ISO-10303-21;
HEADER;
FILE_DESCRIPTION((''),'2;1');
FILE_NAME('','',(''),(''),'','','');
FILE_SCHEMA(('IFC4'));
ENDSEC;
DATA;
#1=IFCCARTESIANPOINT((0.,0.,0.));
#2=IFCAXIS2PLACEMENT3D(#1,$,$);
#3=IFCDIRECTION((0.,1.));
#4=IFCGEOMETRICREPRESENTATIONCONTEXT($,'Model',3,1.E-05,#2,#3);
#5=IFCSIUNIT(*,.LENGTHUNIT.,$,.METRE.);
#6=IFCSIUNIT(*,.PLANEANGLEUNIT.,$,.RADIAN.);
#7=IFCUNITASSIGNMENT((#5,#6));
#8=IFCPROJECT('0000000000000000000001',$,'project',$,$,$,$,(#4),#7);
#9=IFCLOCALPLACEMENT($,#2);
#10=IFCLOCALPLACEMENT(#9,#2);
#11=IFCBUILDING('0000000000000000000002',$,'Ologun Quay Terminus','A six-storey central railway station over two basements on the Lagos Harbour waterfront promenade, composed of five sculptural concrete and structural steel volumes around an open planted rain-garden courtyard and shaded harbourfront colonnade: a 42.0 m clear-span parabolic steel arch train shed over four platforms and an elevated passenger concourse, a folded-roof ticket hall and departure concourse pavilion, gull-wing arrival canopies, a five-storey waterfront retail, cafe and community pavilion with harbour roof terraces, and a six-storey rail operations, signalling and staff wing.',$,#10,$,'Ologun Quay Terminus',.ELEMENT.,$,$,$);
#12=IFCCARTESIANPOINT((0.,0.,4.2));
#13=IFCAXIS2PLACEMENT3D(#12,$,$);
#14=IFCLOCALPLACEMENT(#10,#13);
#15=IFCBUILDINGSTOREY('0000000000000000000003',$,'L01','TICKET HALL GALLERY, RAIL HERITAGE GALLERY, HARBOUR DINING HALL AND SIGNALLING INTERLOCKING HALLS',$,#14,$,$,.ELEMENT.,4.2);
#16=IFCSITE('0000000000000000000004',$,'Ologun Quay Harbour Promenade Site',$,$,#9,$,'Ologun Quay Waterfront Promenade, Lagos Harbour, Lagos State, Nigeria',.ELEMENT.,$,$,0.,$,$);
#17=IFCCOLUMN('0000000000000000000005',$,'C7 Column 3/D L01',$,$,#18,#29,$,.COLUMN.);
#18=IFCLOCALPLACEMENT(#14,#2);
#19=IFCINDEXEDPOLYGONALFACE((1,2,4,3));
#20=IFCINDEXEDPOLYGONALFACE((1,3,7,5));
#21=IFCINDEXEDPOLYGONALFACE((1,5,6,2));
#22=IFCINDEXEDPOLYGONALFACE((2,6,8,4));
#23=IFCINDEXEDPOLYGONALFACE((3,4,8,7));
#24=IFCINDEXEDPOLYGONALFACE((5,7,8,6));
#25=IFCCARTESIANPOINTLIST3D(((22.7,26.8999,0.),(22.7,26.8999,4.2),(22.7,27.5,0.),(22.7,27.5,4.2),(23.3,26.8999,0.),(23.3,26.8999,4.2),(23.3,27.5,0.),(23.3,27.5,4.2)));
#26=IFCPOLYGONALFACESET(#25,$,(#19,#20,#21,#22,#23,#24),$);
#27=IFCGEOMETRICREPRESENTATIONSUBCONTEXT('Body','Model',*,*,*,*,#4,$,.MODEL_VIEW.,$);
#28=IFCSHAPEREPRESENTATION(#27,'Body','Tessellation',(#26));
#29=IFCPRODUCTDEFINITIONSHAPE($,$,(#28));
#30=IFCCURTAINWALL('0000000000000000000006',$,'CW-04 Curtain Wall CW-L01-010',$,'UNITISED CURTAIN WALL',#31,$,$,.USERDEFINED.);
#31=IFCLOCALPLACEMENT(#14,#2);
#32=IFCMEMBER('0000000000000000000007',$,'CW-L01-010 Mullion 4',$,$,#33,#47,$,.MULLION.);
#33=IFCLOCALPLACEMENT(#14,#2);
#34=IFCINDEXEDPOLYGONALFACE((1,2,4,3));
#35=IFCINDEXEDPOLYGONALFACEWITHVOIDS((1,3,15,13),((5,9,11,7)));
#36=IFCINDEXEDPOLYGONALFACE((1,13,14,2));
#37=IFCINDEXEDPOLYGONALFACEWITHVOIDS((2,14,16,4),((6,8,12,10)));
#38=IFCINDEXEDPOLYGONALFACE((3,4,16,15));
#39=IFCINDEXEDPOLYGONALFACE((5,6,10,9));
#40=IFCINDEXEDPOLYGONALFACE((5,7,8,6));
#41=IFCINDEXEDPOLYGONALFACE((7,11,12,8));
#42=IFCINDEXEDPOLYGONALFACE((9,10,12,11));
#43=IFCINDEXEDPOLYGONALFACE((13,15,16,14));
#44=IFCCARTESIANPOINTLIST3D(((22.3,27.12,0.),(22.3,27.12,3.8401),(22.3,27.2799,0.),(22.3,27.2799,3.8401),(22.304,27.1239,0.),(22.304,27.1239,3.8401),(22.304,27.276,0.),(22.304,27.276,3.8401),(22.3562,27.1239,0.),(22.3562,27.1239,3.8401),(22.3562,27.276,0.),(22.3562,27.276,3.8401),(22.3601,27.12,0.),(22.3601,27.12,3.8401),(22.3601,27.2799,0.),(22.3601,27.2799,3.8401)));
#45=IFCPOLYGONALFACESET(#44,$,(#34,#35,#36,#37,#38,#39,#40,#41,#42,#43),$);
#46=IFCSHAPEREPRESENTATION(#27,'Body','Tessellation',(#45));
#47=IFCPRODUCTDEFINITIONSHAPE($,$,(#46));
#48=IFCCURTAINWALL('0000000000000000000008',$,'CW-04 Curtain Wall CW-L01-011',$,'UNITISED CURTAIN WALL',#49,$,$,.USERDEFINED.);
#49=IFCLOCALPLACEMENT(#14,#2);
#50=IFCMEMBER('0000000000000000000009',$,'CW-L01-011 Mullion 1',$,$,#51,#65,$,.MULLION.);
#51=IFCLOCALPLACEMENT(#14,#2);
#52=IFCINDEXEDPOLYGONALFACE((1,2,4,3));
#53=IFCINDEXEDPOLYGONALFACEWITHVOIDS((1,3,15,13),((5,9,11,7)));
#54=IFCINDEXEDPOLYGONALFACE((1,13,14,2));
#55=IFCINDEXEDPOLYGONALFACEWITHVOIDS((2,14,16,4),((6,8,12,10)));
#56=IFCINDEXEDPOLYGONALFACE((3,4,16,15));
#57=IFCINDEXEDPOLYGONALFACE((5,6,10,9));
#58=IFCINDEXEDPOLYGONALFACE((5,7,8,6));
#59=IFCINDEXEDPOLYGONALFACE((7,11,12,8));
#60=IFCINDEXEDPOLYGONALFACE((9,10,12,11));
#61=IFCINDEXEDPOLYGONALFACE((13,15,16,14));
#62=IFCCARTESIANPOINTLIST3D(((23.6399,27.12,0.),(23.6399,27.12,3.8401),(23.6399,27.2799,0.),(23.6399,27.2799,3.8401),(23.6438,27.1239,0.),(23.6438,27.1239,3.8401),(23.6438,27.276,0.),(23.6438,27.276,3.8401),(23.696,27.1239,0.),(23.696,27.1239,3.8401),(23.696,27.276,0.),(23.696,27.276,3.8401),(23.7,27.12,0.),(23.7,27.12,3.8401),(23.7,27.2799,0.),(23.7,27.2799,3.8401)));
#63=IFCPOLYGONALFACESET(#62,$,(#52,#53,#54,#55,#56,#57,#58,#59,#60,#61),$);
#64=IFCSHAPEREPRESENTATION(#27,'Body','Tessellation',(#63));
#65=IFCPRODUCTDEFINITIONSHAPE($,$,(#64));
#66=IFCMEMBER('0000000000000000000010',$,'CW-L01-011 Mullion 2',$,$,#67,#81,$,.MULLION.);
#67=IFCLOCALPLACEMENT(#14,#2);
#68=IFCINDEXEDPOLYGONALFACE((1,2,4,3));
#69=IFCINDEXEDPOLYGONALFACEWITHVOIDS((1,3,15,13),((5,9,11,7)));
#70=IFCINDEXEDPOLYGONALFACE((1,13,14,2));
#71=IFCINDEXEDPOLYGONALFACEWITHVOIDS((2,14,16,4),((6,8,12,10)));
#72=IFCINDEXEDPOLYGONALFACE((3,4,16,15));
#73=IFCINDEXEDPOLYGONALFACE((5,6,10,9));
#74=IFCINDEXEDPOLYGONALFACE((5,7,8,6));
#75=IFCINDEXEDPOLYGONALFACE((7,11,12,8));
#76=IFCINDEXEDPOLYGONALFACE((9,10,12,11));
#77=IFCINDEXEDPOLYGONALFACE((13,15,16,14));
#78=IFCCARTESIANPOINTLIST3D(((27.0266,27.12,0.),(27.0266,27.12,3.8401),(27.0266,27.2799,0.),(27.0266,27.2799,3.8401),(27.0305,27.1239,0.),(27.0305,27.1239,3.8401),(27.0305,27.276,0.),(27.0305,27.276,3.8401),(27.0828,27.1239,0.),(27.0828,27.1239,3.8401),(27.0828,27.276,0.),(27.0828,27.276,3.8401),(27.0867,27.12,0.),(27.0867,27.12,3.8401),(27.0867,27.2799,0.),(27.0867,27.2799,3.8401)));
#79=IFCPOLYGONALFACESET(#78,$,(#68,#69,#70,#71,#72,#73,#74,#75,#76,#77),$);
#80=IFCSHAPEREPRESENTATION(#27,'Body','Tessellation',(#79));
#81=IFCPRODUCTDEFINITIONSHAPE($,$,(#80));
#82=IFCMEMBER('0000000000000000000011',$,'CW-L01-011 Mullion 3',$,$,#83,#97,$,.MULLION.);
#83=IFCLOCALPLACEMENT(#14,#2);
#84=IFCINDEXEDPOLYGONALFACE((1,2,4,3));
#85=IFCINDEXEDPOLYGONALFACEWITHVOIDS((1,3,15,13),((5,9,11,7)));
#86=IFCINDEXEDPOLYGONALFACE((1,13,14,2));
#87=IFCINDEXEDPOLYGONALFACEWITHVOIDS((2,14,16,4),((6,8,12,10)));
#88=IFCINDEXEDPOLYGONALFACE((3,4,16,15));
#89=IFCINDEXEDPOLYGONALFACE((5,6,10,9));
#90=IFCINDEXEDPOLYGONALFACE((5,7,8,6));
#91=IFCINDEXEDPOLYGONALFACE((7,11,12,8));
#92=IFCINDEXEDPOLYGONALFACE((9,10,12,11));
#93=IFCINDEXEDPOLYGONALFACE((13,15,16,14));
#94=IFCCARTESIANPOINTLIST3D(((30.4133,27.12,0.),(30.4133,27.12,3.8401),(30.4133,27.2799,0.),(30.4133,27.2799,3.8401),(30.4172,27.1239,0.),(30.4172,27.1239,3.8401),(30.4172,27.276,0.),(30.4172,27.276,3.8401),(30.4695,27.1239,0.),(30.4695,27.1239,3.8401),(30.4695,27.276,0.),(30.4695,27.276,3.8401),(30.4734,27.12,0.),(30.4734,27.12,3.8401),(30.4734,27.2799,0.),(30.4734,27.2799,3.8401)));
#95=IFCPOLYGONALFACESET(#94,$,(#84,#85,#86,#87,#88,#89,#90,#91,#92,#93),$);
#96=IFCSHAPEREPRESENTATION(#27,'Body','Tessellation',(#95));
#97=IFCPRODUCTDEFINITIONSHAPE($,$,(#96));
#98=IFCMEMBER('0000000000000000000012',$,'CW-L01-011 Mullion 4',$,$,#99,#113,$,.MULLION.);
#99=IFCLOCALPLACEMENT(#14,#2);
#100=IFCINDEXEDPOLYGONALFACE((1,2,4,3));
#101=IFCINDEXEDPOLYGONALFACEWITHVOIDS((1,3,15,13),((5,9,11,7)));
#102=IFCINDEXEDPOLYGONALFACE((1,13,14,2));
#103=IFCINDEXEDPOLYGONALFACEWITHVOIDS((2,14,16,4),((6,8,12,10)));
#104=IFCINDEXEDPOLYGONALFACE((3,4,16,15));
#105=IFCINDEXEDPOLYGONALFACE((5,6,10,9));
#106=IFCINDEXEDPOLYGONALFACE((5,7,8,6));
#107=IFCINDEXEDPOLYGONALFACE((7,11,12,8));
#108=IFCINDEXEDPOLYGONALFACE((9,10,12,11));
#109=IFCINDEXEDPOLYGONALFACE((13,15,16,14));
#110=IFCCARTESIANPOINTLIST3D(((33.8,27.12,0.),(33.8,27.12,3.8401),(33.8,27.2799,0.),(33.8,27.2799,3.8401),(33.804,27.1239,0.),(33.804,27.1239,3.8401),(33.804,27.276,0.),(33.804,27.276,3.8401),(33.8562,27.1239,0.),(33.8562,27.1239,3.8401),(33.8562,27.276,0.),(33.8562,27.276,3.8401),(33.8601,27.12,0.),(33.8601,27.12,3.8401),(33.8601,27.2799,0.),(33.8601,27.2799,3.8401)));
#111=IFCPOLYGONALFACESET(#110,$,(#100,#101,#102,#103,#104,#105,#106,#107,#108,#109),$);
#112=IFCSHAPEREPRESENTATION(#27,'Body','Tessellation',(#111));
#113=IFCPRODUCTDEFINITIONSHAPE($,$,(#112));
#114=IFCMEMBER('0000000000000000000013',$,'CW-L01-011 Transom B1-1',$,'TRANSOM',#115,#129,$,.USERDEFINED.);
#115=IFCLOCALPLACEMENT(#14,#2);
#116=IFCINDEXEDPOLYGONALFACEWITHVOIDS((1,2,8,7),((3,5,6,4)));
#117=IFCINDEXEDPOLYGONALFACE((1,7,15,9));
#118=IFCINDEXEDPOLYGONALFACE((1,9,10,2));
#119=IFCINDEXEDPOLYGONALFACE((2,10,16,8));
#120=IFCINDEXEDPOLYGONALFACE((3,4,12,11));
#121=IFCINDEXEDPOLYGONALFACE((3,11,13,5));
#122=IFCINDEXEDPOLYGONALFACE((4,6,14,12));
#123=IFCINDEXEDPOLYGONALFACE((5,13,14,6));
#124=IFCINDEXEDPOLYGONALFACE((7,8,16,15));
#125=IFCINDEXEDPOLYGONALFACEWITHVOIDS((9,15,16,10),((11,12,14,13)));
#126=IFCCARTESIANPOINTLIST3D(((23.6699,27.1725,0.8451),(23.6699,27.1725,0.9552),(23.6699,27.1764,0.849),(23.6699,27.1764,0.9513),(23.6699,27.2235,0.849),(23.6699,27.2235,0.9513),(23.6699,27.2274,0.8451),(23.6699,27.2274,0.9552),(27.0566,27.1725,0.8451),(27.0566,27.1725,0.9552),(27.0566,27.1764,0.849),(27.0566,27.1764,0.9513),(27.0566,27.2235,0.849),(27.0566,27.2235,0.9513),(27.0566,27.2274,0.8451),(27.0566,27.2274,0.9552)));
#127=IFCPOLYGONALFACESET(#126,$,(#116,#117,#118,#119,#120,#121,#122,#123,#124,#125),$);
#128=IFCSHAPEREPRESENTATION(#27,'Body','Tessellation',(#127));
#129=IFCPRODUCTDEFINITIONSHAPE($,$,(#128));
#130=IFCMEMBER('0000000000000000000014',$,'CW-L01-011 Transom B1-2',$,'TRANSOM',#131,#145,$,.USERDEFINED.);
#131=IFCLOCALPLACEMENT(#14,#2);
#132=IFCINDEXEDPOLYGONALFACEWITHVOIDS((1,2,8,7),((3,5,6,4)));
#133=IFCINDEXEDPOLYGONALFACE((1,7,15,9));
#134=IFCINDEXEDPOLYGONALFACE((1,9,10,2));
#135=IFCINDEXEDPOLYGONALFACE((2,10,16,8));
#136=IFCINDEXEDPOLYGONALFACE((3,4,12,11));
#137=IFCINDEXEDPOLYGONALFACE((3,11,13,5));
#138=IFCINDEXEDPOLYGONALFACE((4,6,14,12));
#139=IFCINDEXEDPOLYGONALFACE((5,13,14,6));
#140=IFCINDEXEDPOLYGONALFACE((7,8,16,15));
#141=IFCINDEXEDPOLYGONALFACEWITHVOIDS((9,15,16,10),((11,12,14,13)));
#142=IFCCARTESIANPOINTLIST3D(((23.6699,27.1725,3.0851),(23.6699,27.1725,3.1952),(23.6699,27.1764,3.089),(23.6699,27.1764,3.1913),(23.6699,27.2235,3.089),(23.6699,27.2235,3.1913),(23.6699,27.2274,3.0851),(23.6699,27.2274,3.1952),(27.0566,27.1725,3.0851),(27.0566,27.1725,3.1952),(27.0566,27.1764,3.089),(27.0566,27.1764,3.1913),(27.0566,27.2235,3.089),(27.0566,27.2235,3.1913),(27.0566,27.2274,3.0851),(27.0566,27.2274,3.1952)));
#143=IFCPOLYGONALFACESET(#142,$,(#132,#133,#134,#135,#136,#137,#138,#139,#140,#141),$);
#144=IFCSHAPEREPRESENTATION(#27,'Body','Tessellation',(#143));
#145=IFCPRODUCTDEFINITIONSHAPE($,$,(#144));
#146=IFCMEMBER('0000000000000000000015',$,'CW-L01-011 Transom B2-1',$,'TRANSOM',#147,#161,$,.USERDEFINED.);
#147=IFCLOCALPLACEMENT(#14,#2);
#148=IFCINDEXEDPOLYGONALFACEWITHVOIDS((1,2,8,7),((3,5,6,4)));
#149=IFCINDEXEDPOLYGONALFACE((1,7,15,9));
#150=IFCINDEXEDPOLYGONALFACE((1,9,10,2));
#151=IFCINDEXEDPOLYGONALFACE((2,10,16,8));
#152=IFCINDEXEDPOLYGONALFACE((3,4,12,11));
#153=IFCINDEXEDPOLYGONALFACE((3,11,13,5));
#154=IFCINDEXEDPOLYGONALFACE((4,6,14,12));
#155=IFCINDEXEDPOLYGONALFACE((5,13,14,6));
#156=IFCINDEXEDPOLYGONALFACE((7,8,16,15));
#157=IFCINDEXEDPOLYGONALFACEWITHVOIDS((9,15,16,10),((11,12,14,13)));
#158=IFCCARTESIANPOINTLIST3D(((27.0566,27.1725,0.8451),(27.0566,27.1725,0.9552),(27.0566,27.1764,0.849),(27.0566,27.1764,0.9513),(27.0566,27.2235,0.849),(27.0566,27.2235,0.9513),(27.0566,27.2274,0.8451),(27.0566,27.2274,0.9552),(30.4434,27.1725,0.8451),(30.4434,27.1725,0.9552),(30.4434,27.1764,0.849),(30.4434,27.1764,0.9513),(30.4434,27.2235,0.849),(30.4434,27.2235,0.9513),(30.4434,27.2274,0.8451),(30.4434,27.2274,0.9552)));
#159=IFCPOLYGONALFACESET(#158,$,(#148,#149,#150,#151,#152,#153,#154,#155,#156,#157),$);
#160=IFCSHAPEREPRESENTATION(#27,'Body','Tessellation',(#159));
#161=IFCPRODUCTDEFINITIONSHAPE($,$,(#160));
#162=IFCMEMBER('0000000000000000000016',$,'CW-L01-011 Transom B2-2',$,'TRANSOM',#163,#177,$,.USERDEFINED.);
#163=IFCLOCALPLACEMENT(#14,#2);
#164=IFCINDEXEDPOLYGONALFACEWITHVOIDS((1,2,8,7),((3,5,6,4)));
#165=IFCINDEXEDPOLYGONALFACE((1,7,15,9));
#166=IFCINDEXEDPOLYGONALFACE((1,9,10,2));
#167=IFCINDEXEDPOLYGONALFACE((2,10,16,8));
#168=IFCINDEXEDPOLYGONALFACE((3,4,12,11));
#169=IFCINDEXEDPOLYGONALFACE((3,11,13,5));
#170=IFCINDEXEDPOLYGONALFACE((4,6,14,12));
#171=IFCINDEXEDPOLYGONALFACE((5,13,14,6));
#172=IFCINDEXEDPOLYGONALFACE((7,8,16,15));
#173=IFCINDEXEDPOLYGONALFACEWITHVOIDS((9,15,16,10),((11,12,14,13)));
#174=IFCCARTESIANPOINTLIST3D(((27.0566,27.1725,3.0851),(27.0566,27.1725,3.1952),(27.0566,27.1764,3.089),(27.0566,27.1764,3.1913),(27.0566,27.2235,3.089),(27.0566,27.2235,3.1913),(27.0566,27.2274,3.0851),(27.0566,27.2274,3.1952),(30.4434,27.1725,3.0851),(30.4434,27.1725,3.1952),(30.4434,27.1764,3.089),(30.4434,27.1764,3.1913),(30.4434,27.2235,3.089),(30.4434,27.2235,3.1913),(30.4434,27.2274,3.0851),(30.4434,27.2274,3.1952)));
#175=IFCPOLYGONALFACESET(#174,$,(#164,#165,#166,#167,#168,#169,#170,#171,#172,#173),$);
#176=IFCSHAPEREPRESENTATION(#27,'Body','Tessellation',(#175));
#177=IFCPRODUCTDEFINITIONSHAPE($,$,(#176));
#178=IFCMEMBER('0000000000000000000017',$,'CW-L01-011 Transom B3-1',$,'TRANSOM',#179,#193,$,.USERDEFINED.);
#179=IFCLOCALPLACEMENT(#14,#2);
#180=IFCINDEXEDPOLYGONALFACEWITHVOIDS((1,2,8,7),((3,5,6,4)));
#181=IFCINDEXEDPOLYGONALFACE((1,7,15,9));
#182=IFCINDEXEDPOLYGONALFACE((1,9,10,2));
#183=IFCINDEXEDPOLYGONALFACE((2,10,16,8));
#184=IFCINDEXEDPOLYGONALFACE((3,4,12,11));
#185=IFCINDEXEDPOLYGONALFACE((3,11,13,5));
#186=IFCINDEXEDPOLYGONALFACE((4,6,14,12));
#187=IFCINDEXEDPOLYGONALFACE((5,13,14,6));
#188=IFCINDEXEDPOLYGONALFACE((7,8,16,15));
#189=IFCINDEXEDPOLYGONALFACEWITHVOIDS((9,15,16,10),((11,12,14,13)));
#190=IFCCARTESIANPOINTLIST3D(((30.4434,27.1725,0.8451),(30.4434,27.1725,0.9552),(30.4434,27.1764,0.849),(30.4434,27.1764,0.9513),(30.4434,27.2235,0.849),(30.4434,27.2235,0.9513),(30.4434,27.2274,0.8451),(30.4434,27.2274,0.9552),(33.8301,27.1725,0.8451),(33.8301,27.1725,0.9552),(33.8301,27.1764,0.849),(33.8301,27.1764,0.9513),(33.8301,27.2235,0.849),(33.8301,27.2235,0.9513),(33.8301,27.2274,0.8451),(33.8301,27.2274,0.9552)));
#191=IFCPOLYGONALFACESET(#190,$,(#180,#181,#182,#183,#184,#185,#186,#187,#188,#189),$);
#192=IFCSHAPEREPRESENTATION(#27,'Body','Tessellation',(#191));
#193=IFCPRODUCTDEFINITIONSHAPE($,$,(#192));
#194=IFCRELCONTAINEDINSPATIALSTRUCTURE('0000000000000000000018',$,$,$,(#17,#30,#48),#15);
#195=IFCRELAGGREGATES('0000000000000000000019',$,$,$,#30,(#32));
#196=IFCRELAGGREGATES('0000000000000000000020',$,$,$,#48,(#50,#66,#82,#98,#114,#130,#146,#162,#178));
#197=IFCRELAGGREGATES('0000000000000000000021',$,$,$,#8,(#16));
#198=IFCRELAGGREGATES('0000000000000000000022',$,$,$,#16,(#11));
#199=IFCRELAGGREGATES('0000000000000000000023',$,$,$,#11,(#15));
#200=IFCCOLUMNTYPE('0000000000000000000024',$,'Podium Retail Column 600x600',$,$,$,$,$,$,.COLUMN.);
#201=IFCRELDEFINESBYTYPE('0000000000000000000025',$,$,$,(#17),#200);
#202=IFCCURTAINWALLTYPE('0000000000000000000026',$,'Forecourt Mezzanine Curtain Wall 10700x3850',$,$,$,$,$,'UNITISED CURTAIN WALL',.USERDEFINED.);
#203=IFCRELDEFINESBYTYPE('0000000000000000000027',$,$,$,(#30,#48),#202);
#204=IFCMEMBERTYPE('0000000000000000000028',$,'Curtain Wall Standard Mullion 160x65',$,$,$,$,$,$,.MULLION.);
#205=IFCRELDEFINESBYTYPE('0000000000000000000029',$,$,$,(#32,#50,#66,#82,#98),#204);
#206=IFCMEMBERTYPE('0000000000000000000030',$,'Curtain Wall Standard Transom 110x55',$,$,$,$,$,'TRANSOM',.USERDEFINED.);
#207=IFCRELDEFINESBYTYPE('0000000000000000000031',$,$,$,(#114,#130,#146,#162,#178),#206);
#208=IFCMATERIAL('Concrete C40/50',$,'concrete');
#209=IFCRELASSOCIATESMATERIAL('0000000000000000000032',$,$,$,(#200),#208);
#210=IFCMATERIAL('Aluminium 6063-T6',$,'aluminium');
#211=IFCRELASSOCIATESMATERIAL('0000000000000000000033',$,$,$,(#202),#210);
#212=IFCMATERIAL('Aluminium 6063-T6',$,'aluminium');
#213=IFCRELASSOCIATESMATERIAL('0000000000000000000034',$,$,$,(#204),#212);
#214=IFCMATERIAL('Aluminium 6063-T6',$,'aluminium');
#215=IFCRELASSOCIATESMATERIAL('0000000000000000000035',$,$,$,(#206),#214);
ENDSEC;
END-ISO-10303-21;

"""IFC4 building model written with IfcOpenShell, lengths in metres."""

from ifc_helpers import new_model, si_unit, direction, frame, origin, origin_2d, place, context, subcontext, project, spatial, rectangle, hollow_rectangle, extrude, material, material_profile, profile_set, type_object, element, aggregate, save


model = new_model("IFC4")

# Units and contexts
model_context = context("Model", 3, precision=1e-05, world=origin(), true_north=direction((0.0, 1.0)))
body_context = subcontext(model_context, "Body", "Model", "MODEL_VIEW")
ifc_project = project(units=[si_unit("LENGTHUNIT", "METRE"), si_unit("PLANEANGLEUNIT", "RADIAN")], contexts=[model_context])

# Site, building, storey
site_placement = place(None, origin())
site = spatial("IfcSite", under=ifc_project, at=site_placement, Name="Ologun Quay Harbour Promenade Site", LongName="Ologun Quay Waterfront Promenade, Lagos Harbour, Lagos State, Nigeria", CompositionType="ELEMENT", RefElevation=0.0)
building_placement = place(site_placement, origin())
building = spatial("IfcBuilding", under=site, at=building_placement, Name="Ologun Quay Terminus", Description="A six-storey central railway station over two basements on the Lagos Harbour waterfront promenade, composed of five sculptural concrete and structural steel volumes around an open planted rain-garden courtyard and shaded harbourfront colonnade: a 42.0 m clear-span parabolic steel arch train shed over four platforms and an elevated passenger concourse, a folded-roof ticket hall and departure concourse pavilion, gull-wing arrival canopies, a five-storey waterfront retail, cafe and community pavilion with harbour roof terraces, and a six-storey rail operations, signalling and staff wing.", LongName="Ologun Quay Terminus", CompositionType="ELEMENT")
storey_placement = place(building_placement, frame((0.0, 0.0, 4.2)))
storey = spatial("IfcBuildingStorey", under=building, at=storey_placement, Name="L01", Description="TICKET HALL GALLERY, RAIL HERITAGE GALLERY, HARBOUR DINING HALL AND SIGNALLING INTERLOCKING HALLS", CompositionType="ELEMENT", Elevation=4.2)

# Column
ifc_material_1 = material(Name="Concrete C40/50", Category="concrete")
ifc_material_profile_1 = material_profile(ifc_material_1, rectangle(XDim=0.6001, YDim=0.6001, at=origin_2d()), Name="RC 600x600")
ifc_profile_set_1 = profile_set([ifc_material_profile_1], Name="Concrete C40/50")
column_type = type_object("IfcColumnType", Name="Podium Retail Column 600x600", PredefinedType="COLUMN", material=ifc_profile_set_1)
column_placement = place(storey_placement, frame((23.0, 27.2, 0.0), z_axis=(0.0, 0.0, 1.0), x_axis=(1.0, 0.0, 0.0)))
element("IfcColumn", 1, at=column_placement, inside=storey, type_object=column_type, Name="C7 Column 3/D L01", PredefinedType="COLUMN", context=body_context, shape_type="SweptSolid", body=[
    extrude(rectangle(XDim=0.6001, YDim=0.6001, at=origin_2d()), origin(), (0.0, 0.0, 1.0), 4.2),
])

# Curtain wall, member
ifc_material_2 = material(Name="Aluminium 6063-T6", Category="aluminium")
curtain_wall_type = type_object("IfcCurtainWallType", Name="Forecourt Mezzanine Curtain Wall 10700x3850", ElementType="UNITISED CURTAIN WALL", PredefinedType="USERDEFINED", material=ifc_material_2)
curtain_wall_1_placement = place(storey_placement, origin())
curtain_wall_1 = element("IfcCurtainWall", 2, at=curtain_wall_1_placement, inside=storey, type_object=curtain_wall_type, Name="CW-04 Curtain Wall CW-L01-010", ObjectType="UNITISED CURTAIN WALL", PredefinedType="USERDEFINED")
ifc_material_3 = material(Name="Aluminium 6063-T6", Category="aluminium")
ifc_material_profile_2 = material_profile(ifc_material_3, hollow_rectangle(XDim=0.0601, YDim=0.1599, WallThickness=0.0039, at=origin_2d()), Name="ALU 160x60x4")
ifc_profile_set_2 = profile_set([ifc_material_profile_2], Name="Aluminium 6063-T6")
member_type_1 = type_object("IfcMemberType", Name="Curtain Wall Standard Mullion 160x65", PredefinedType="MULLION", material=ifc_profile_set_2)
member_1_placement = place(storey_placement, frame((22.3301, 27.2, 0.0), z_axis=(0.0, 0.0, 1.0), x_axis=(1.0, 0.0, 0.0)))
member_1 = element("IfcMember", 3, at=member_1_placement, type_object=member_type_1, Name="CW-L01-010 Mullion 4", PredefinedType="MULLION", context=body_context, shape_type="SweptSolid", body=[
    extrude(hollow_rectangle(XDim=0.0601, YDim=0.1599, WallThickness=0.0039, at=origin_2d()), origin(), (0.0, 0.0, 1.0), 3.8401),
])
aggregate(curtain_wall_1, [member_1])

# Curtain wall, members
curtain_wall_2_placement = place(storey_placement, origin())
curtain_wall_2 = element("IfcCurtainWall", 4, at=curtain_wall_2_placement, inside=storey, type_object=curtain_wall_type, Name="CW-04 Curtain Wall CW-L01-011", ObjectType="UNITISED CURTAIN WALL", PredefinedType="USERDEFINED")
member_2_placement = place(storey_placement, frame((23.6699, 27.2, 0.0), z_axis=(0.0, 0.0, 1.0), x_axis=(1.0, 0.0, 0.0)))
member_2 = element("IfcMember", 5, at=member_2_placement, type_object=member_type_1, Name="CW-L01-011 Mullion 1", PredefinedType="MULLION", context=body_context, shape_type="SweptSolid", body=[
    extrude(hollow_rectangle(XDim=0.0601, YDim=0.1599, WallThickness=0.0039, at=origin_2d()), origin(), (0.0, 0.0, 1.0), 3.8401),
])
member_3_placement = place(storey_placement, frame((27.0566, 27.2, 0.0), z_axis=(0.0, 0.0, 1.0), x_axis=(1.0, 0.0, 0.0)))
member_3 = element("IfcMember", 6, at=member_3_placement, type_object=member_type_1, Name="CW-L01-011 Mullion 2", PredefinedType="MULLION", context=body_context, shape_type="SweptSolid", body=[
    extrude(hollow_rectangle(XDim=0.0601, YDim=0.1599, WallThickness=0.0039, at=origin_2d()), origin(), (0.0, 0.0, 1.0), 3.8401),
])
member_4_placement = place(storey_placement, frame((30.4434, 27.2, 0.0), z_axis=(0.0, 0.0, 1.0), x_axis=(1.0, 0.0, 0.0)))
member_4 = element("IfcMember", 7, at=member_4_placement, type_object=member_type_1, Name="CW-L01-011 Mullion 3", PredefinedType="MULLION", context=body_context, shape_type="SweptSolid", body=[
    extrude(hollow_rectangle(XDim=0.0601, YDim=0.1599, WallThickness=0.0039, at=origin_2d()), origin(), (0.0, 0.0, 1.0), 3.8401),
])
member_5_placement = place(storey_placement, frame((33.8301, 27.2, 0.0), z_axis=(0.0, 0.0, 1.0), x_axis=(1.0, 0.0, 0.0)))
member_5 = element("IfcMember", 8, at=member_5_placement, type_object=member_type_1, Name="CW-L01-011 Mullion 4", PredefinedType="MULLION", context=body_context, shape_type="SweptSolid", body=[
    extrude(hollow_rectangle(XDim=0.0601, YDim=0.1599, WallThickness=0.0039, at=origin_2d()), origin(), (0.0, 0.0, 1.0), 3.8401),
])
ifc_material_4 = material(Name="Aluminium 6063-T6", Category="aluminium")
ifc_material_profile_3 = material_profile(ifc_material_4, hollow_rectangle(XDim=0.0549, YDim=0.1101, WallThickness=0.0039, at=origin_2d()), Name="ALU 110x55x4")
ifc_profile_set_3 = profile_set([ifc_material_profile_3], Name="Aluminium 6063-T6")
member_type_2 = type_object("IfcMemberType", Name="Curtain Wall Standard Transom 110x55", ElementType="TRANSOM", PredefinedType="USERDEFINED", material=ifc_profile_set_3)
member_6_placement = place(storey_placement, frame((23.6699, 27.2, 0.9001), z_axis=(1.0, 0.0, 0.0), x_axis=(0.0, 1.0, 0.0)))
member_6 = element("IfcMember", 9, at=member_6_placement, type_object=member_type_2, Name="CW-L01-011 Transom B1-1", ObjectType="TRANSOM", PredefinedType="USERDEFINED", context=body_context, shape_type="SweptSolid", body=[
    extrude(hollow_rectangle(XDim=0.0549, YDim=0.1101, WallThickness=0.0039, at=origin_2d()), origin(), (0.0, 0.0, 1.0), 3.3867),
])
member_7_placement = place(storey_placement, frame((23.6699, 27.2, 3.1401), z_axis=(1.0, 0.0, 0.0), x_axis=(0.0, 1.0, 0.0)))
member_7 = element("IfcMember", 10, at=member_7_placement, type_object=member_type_2, Name="CW-L01-011 Transom B1-2", ObjectType="TRANSOM", PredefinedType="USERDEFINED", context=body_context, shape_type="SweptSolid", body=[
    extrude(hollow_rectangle(XDim=0.0549, YDim=0.1101, WallThickness=0.0039, at=origin_2d()), origin(), (0.0, 0.0, 1.0), 3.3867),
])
member_8_placement = place(storey_placement, frame((27.0566, 27.2, 0.9001), z_axis=(1.0, 0.0, 0.0), x_axis=(0.0, 1.0, 0.0)))
member_8 = element("IfcMember", 11, at=member_8_placement, type_object=member_type_2, Name="CW-L01-011 Transom B2-1", ObjectType="TRANSOM", PredefinedType="USERDEFINED", context=body_context, shape_type="SweptSolid", body=[
    extrude(hollow_rectangle(XDim=0.0549, YDim=0.1101, WallThickness=0.0039, at=origin_2d()), origin(), (0.0, 0.0, 1.0), 3.3867),
])
member_9_placement = place(storey_placement, frame((27.0566, 27.2, 3.1401), z_axis=(1.0, 0.0, 0.0), x_axis=(0.0, 1.0, 0.0)))
member_9 = element("IfcMember", 12, at=member_9_placement, type_object=member_type_2, Name="CW-L01-011 Transom B2-2", ObjectType="TRANSOM", PredefinedType="USERDEFINED", context=body_context, shape_type="SweptSolid", body=[
    extrude(hollow_rectangle(XDim=0.0549, YDim=0.1101, WallThickness=0.0039, at=origin_2d()), origin(), (0.0, 0.0, 1.0), 3.3867),
])
member_10_placement = place(storey_placement, frame((30.4434, 27.2, 0.9001), z_axis=(1.0, 0.0, 0.0), x_axis=(0.0, 1.0, 0.0)))
member_10 = element("IfcMember", 13, at=member_10_placement, type_object=member_type_2, Name="CW-L01-011 Transom B3-1", ObjectType="TRANSOM", PredefinedType="USERDEFINED", context=body_context, shape_type="SweptSolid", body=[
    extrude(hollow_rectangle(XDim=0.0549, YDim=0.1101, WallThickness=0.0039, at=origin_2d()), origin(), (0.0, 0.0, 1.0), 3.3867),
])

aggregate(curtain_wall_2, [member_2, member_3, member_4, member_5, member_6, member_7, member_8, member_9, member_10])

save(model, "model.ifc")
